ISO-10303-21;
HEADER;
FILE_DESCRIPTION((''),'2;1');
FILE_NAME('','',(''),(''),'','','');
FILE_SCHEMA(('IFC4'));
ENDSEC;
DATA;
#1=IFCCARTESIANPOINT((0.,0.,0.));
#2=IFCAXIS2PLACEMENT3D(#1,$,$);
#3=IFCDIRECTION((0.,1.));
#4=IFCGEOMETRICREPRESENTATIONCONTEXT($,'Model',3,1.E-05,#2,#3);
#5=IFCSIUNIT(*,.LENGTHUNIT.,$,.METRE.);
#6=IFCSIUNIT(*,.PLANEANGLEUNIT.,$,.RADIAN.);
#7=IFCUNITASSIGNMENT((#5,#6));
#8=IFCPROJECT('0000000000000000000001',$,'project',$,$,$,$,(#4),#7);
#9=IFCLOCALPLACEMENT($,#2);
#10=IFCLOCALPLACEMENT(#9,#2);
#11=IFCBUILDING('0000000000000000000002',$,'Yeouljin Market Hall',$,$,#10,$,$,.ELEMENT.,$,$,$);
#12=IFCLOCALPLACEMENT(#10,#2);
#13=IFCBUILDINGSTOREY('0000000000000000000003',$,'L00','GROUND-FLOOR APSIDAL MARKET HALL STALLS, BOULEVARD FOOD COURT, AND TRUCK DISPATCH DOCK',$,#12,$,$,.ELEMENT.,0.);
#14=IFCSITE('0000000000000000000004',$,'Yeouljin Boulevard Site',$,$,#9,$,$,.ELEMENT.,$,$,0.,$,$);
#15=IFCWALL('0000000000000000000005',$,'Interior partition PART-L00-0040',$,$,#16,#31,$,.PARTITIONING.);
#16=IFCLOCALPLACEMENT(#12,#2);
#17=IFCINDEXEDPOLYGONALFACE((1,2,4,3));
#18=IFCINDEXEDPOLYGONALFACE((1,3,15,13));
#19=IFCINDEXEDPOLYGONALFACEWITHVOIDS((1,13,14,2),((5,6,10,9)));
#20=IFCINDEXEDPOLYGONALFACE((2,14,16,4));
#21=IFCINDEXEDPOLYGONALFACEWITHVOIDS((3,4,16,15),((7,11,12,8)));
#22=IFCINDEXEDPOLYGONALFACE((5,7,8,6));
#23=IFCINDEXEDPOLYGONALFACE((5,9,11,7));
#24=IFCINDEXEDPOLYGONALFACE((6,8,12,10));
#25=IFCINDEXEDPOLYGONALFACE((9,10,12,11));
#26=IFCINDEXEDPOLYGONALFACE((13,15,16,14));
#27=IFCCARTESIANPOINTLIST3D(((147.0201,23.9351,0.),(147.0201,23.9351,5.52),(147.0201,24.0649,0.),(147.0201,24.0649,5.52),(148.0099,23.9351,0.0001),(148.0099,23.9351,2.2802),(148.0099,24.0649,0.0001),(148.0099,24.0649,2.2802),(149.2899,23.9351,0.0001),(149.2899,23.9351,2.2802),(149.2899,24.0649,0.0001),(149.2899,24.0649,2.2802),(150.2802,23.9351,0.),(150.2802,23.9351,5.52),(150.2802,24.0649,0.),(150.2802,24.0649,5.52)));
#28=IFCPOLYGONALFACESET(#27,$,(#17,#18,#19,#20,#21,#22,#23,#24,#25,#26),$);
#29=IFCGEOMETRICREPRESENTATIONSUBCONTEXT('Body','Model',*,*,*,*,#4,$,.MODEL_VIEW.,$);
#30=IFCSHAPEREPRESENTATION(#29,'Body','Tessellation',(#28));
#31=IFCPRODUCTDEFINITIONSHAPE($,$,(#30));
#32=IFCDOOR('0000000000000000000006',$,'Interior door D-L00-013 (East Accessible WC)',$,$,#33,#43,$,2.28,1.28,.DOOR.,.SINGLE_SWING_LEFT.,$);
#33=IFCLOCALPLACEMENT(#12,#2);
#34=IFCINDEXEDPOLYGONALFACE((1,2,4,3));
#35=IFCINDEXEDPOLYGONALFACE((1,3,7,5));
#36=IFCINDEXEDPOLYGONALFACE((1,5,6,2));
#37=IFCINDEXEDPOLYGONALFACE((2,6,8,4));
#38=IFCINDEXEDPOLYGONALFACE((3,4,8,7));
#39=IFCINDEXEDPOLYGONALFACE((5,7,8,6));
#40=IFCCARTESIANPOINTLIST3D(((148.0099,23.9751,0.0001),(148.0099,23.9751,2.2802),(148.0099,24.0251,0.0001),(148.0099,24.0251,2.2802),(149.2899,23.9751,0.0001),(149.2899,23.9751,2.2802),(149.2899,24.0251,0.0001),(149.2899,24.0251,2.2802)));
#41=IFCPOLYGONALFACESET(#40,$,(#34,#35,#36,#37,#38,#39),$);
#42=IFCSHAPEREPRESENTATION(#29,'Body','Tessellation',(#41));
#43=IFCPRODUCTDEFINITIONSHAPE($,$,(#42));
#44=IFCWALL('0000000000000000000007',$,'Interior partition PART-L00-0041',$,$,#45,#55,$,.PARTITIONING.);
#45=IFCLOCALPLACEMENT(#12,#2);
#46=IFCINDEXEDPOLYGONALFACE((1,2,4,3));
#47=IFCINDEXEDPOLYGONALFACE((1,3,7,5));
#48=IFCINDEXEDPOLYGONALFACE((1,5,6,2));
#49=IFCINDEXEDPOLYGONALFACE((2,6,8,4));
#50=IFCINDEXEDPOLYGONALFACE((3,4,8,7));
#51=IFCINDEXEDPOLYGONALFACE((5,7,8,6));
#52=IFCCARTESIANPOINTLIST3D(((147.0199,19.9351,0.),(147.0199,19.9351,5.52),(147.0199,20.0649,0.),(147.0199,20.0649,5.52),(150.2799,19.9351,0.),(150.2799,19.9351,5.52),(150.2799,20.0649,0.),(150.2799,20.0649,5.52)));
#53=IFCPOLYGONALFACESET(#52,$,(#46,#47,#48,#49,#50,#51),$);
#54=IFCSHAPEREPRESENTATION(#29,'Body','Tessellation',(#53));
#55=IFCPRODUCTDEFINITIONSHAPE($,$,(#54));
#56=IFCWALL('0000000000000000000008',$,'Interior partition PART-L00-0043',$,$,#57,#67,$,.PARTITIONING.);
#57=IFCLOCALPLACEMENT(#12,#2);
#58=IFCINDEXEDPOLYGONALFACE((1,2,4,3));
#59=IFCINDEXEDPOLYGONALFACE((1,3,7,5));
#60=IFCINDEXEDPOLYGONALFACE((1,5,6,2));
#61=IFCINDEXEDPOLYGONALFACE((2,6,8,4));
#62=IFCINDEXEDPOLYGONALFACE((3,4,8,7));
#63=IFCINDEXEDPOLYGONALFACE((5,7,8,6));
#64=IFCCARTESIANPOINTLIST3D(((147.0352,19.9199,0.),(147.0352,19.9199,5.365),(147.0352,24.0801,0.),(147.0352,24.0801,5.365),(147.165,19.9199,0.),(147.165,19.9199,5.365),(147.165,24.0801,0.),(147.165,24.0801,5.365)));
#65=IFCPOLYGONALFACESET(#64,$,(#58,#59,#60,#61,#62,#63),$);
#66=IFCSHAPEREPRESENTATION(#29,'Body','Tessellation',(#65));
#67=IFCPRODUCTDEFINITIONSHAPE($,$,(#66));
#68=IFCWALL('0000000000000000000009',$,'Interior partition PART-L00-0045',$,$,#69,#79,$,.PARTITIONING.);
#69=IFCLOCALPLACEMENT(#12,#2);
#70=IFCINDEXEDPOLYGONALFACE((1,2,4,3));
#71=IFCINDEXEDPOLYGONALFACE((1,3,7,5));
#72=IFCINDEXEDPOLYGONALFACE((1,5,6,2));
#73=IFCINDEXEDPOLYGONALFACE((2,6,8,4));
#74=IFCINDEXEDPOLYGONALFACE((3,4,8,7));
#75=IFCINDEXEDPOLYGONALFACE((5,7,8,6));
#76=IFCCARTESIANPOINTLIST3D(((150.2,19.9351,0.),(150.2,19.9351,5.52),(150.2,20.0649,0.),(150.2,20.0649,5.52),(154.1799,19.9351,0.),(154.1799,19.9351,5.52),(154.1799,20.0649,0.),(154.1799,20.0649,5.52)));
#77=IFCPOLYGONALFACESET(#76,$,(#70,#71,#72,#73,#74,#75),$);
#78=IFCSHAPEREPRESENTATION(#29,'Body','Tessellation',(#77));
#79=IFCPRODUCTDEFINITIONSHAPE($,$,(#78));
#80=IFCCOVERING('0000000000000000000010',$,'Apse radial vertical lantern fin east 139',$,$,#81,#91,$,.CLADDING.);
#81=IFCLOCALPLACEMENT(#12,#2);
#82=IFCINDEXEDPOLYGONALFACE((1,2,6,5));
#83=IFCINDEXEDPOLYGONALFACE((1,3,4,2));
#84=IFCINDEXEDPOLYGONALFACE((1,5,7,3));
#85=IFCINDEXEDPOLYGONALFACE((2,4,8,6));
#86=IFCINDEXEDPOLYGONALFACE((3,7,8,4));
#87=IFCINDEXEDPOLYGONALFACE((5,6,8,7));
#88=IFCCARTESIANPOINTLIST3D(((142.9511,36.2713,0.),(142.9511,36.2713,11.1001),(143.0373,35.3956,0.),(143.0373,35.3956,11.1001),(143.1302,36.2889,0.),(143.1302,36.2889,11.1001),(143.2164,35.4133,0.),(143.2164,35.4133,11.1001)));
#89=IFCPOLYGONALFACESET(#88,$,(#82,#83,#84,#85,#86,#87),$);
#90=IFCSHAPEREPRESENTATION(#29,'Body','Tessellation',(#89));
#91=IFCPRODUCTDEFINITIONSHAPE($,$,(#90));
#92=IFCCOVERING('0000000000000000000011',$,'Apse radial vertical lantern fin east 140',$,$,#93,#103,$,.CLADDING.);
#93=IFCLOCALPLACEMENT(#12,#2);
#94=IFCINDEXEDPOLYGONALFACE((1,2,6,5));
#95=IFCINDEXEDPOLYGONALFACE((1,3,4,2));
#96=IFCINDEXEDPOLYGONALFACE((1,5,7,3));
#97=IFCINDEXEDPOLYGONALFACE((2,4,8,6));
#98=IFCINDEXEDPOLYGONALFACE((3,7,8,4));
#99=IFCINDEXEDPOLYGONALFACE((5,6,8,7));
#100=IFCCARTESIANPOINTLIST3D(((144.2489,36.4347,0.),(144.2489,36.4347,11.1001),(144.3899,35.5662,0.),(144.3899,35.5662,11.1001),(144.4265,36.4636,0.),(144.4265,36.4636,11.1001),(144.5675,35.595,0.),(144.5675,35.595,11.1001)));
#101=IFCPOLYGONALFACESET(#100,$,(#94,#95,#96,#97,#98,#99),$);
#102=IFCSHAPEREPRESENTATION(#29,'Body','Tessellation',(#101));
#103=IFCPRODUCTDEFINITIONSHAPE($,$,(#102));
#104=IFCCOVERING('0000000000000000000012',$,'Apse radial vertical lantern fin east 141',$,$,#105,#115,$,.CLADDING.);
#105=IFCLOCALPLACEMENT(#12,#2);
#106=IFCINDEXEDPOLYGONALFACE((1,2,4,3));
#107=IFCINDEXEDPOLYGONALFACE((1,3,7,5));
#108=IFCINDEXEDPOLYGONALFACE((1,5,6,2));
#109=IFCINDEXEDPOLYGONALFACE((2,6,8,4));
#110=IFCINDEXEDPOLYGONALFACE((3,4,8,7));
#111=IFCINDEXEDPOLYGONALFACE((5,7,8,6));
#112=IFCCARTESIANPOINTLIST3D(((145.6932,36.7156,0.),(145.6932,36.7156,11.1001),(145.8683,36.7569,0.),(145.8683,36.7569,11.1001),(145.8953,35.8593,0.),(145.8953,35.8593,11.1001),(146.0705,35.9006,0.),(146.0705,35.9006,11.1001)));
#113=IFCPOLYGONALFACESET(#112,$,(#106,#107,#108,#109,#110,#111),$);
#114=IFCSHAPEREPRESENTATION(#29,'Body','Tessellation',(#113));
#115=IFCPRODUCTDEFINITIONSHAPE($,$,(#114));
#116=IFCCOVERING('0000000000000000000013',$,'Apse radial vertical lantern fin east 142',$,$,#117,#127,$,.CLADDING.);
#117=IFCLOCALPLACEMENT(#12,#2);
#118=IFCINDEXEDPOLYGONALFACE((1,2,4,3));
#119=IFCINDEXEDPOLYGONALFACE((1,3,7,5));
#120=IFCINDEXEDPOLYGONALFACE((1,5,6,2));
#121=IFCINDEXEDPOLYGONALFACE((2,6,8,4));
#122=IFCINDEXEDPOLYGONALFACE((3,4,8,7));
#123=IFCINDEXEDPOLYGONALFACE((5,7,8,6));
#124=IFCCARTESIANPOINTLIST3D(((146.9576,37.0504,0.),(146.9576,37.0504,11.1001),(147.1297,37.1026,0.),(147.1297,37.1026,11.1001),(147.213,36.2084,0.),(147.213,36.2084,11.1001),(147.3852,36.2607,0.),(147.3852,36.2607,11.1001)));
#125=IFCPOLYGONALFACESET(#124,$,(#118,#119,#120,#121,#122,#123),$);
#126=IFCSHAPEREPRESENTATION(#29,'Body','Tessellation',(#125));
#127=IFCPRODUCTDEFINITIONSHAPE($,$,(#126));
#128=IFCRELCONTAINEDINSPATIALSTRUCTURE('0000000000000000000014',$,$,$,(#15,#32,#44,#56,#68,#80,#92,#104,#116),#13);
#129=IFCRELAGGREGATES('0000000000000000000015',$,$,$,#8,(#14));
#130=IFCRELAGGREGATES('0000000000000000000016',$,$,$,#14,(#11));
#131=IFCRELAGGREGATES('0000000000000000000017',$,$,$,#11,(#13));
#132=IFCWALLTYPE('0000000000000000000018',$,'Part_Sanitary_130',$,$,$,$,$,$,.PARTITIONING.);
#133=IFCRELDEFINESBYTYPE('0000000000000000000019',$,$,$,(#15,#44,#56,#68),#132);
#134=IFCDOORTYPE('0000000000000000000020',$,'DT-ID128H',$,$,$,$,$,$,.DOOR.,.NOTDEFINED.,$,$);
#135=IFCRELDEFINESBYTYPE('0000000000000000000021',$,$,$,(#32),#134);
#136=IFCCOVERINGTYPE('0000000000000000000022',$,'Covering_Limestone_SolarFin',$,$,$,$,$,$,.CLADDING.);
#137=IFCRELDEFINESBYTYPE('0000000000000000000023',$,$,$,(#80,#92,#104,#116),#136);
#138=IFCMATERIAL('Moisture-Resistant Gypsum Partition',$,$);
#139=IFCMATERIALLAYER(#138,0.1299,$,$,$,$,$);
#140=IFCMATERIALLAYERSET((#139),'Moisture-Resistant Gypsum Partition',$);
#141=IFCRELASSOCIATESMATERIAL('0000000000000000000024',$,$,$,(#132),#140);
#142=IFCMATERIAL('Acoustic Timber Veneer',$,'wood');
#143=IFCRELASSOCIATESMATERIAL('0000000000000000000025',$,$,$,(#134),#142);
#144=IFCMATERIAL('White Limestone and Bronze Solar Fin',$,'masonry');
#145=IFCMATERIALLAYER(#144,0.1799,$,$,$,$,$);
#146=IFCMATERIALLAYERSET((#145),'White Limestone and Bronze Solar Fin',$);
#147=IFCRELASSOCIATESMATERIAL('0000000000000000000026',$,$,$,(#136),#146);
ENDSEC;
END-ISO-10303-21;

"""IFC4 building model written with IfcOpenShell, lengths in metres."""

from ifc_helpers import new_model, si_unit, direction, frame, frame_2d, origin, origin_2d, place, context, subcontext, project, spatial, rectangle, extrude, material, layer, layer_set, type_object, element, fill, save


model = new_model("IFC4")

# Units and contexts
model_context = context("Model", 3, precision=1e-05, world=origin(), true_north=direction((0.0, 1.0)))
body_context = subcontext(model_context, "Body", "Model", "MODEL_VIEW")
ifc_project = project(units=[si_unit("LENGTHUNIT", "METRE"), si_unit("PLANEANGLEUNIT", "RADIAN")], contexts=[model_context])

# Site, building, storey
site_placement = place(None, origin())
site = spatial("IfcSite", under=ifc_project, at=site_placement, Name="Yeouljin Boulevard Site", CompositionType="ELEMENT", RefElevation=0.0)
building_placement = place(site_placement, origin())
building = spatial("IfcBuilding", under=site, at=building_placement, Name="Yeouljin Market Hall", CompositionType="ELEMENT")
storey_placement = place(building_placement, origin())
storey = spatial("IfcBuildingStorey", under=building, at=storey_placement, Name="L00", Description="GROUND-FLOOR APSIDAL MARKET HALL STALLS, BOULEVARD FOOD COURT, AND TRUCK DISPATCH DOCK", CompositionType="ELEMENT", Elevation=0.0)

# Wall, opening, door
ifc_material_1 = material(Name="Moisture-Resistant Gypsum Partition")
ifc_layer_1 = layer(ifc_material_1, 0.1299)
ifc_layer_set_1 = layer_set([ifc_layer_1], Name="Moisture-Resistant Gypsum Partition")
wall_type_1 = type_object("IfcWallType", Name="Part_Sanitary_130", PredefinedType="PARTITIONING", material=ifc_layer_set_1)
wall_1_placement = place(storey_placement, frame((150.28, 24.0, 0.0), z_axis=(0.0, 0.0, 1.0), x_axis=(-1.0, 0.0, 0.0)))
wall_1 = element("IfcWall", 1, at=wall_1_placement, inside=storey, type_object=wall_type_1, Name="Interior partition PART-L00-0040", PredefinedType="PARTITIONING", context=body_context, shape_type="SweptSolid", body=[
    extrude(rectangle(XDim=3.26, YDim=0.1299, at=frame_2d((1.6299, 0.0))), origin(), (0.0, 0.0, 1.0), 5.52),
])
opening_placement = place(wall_1_placement, frame((0.99, 0.0, 0.0)))
opening = element("IfcOpeningElement", 2, at=opening_placement, cuts=wall_1, PredefinedType="OPENING", context=body_context, shape_type="SweptSolid", body=[
    extrude(rectangle(XDim=1.28, YDim=2.28, at=frame_2d((0.6401, 1.1401))), frame((0.0, 0.075, 0.0), z_axis=(0.0, -1.0, 0.0), x_axis=(1.0, 0.0, 0.0)), (0.0, 0.0, 1.0), 0.1499),
])
ifc_material_2 = material(Name="Acoustic Timber Veneer", Category="wood")
door_type = type_object("IfcDoorType", Name="DT-ID128H", OperationType="NOTDEFINED", PredefinedType="DOOR", material=ifc_material_2)
door_placement = place(opening_placement, origin())
door = element("IfcDoor", 3, at=door_placement, inside=storey, type_object=door_type, Name="Interior door D-L00-013 (East Accessible WC)", OperationType="SINGLE_SWING_LEFT", OverallHeight=2.28, OverallWidth=1.28, PredefinedType="DOOR", context=body_context, shape_type="SweptSolid", body=[
    extrude(rectangle(XDim=1.28, YDim=2.28, at=frame_2d((0.6401, 1.1401))), frame((0.0, 0.0249, 0.0), z_axis=(0.0, -1.0, 0.0), x_axis=(1.0, 0.0, 0.0)), (0.0, 0.0, 1.0), 0.05),
])
fill(opening, door)

# Walls
wall_2_placement = place(storey_placement, frame((147.02, 20.0, 0.0), z_axis=(0.0, 0.0, 1.0), x_axis=(1.0, 0.0, 0.0)))
element("IfcWall", 4, at=wall_2_placement, inside=storey, type_object=wall_type_1, Name="Interior partition PART-L00-0041", PredefinedType="PARTITIONING", context=body_context, shape_type="SweptSolid", body=[
    extrude(rectangle(XDim=3.26, YDim=0.1299, at=frame_2d((1.6299, 0.0))), origin(), (0.0, 0.0, 1.0), 5.52),
])
wall_3_placement = place(storey_placement, frame((147.1001, 24.0801, 0.0), z_axis=(0.0, 0.0, 1.0), x_axis=(0.0, -1.0, 0.0)))
element("IfcWall", 5, at=wall_3_placement, inside=storey, type_object=wall_type_1, Name="Interior partition PART-L00-0043", PredefinedType="PARTITIONING", context=body_context, shape_type="SweptSolid", body=[
    extrude(rectangle(XDim=4.1602, YDim=0.1299, at=frame_2d((2.0801, 0.0))), origin(), (0.0, 0.0, 1.0), 5.365),
])
wall_4_placement = place(storey_placement, frame((150.2, 20.0, 0.0), z_axis=(0.0, 0.0, 1.0), x_axis=(1.0, 0.0, 0.0)))
element("IfcWall", 6, at=wall_4_placement, inside=storey, type_object=wall_type_1, Name="Interior partition PART-L00-0045", PredefinedType="PARTITIONING", context=body_context, shape_type="SweptSolid", body=[
    extrude(rectangle(XDim=3.98, YDim=0.1299, at=frame_2d((1.99, 0.0))), origin(), (0.0, 0.0, 1.0), 5.52),
])

# Coverings
ifc_material_3 = material(Name="White Limestone and Bronze Solar Fin", Category="masonry")
ifc_layer_2 = layer(ifc_material_3, 0.1799)
ifc_layer_set_2 = layer_set([ifc_layer_2], Name="White Limestone and Bronze Solar Fin")
covering_type = type_object("IfcCoveringType", Name="Covering_Limestone_SolarFin", PredefinedType="CLADDING", material=ifc_layer_set_2)
for number, where, z_axis, x_axis, name in (
    (7, (143.0837, 35.8423, 0.0), (0.0, 0.0, 1.0), (0.09793, -0.995193, 0.0), "Apse radial vertical lantern fin east 139"),
    (8, (144.4082, 36.0149, 0.0), (0.0, 0.0, 1.0), (0.160226, -0.98708, 0.0), "Apse radial vertical lantern fin east 140"),
    (9, (145.8818, 36.3081, 0.0), (0.0, 0.0, 1.0), (0.22971, -0.973259, 0.0), "Apse radial vertical lantern fin east 141"),
    (10, (147.1714, 36.6555, 0.0), (0.0, 0.0, 1.0), (0.290368, -0.956915, 0.0), "Apse radial vertical lantern fin east 142"),
):
    element("IfcCovering", number, at=place(storey_placement, frame(where, z_axis=z_axis, x_axis=x_axis)), inside=storey, type_object=covering_type, Name=name, PredefinedType="CLADDING", context=body_context, shape_type="SweptSolid", body=[
        extrude(rectangle(XDim=0.8799, YDim=0.1799, at=origin_2d()), origin(), (0.0, 0.0, 1.0), 11.1001),
    ])

save(model, "model.ifc")
